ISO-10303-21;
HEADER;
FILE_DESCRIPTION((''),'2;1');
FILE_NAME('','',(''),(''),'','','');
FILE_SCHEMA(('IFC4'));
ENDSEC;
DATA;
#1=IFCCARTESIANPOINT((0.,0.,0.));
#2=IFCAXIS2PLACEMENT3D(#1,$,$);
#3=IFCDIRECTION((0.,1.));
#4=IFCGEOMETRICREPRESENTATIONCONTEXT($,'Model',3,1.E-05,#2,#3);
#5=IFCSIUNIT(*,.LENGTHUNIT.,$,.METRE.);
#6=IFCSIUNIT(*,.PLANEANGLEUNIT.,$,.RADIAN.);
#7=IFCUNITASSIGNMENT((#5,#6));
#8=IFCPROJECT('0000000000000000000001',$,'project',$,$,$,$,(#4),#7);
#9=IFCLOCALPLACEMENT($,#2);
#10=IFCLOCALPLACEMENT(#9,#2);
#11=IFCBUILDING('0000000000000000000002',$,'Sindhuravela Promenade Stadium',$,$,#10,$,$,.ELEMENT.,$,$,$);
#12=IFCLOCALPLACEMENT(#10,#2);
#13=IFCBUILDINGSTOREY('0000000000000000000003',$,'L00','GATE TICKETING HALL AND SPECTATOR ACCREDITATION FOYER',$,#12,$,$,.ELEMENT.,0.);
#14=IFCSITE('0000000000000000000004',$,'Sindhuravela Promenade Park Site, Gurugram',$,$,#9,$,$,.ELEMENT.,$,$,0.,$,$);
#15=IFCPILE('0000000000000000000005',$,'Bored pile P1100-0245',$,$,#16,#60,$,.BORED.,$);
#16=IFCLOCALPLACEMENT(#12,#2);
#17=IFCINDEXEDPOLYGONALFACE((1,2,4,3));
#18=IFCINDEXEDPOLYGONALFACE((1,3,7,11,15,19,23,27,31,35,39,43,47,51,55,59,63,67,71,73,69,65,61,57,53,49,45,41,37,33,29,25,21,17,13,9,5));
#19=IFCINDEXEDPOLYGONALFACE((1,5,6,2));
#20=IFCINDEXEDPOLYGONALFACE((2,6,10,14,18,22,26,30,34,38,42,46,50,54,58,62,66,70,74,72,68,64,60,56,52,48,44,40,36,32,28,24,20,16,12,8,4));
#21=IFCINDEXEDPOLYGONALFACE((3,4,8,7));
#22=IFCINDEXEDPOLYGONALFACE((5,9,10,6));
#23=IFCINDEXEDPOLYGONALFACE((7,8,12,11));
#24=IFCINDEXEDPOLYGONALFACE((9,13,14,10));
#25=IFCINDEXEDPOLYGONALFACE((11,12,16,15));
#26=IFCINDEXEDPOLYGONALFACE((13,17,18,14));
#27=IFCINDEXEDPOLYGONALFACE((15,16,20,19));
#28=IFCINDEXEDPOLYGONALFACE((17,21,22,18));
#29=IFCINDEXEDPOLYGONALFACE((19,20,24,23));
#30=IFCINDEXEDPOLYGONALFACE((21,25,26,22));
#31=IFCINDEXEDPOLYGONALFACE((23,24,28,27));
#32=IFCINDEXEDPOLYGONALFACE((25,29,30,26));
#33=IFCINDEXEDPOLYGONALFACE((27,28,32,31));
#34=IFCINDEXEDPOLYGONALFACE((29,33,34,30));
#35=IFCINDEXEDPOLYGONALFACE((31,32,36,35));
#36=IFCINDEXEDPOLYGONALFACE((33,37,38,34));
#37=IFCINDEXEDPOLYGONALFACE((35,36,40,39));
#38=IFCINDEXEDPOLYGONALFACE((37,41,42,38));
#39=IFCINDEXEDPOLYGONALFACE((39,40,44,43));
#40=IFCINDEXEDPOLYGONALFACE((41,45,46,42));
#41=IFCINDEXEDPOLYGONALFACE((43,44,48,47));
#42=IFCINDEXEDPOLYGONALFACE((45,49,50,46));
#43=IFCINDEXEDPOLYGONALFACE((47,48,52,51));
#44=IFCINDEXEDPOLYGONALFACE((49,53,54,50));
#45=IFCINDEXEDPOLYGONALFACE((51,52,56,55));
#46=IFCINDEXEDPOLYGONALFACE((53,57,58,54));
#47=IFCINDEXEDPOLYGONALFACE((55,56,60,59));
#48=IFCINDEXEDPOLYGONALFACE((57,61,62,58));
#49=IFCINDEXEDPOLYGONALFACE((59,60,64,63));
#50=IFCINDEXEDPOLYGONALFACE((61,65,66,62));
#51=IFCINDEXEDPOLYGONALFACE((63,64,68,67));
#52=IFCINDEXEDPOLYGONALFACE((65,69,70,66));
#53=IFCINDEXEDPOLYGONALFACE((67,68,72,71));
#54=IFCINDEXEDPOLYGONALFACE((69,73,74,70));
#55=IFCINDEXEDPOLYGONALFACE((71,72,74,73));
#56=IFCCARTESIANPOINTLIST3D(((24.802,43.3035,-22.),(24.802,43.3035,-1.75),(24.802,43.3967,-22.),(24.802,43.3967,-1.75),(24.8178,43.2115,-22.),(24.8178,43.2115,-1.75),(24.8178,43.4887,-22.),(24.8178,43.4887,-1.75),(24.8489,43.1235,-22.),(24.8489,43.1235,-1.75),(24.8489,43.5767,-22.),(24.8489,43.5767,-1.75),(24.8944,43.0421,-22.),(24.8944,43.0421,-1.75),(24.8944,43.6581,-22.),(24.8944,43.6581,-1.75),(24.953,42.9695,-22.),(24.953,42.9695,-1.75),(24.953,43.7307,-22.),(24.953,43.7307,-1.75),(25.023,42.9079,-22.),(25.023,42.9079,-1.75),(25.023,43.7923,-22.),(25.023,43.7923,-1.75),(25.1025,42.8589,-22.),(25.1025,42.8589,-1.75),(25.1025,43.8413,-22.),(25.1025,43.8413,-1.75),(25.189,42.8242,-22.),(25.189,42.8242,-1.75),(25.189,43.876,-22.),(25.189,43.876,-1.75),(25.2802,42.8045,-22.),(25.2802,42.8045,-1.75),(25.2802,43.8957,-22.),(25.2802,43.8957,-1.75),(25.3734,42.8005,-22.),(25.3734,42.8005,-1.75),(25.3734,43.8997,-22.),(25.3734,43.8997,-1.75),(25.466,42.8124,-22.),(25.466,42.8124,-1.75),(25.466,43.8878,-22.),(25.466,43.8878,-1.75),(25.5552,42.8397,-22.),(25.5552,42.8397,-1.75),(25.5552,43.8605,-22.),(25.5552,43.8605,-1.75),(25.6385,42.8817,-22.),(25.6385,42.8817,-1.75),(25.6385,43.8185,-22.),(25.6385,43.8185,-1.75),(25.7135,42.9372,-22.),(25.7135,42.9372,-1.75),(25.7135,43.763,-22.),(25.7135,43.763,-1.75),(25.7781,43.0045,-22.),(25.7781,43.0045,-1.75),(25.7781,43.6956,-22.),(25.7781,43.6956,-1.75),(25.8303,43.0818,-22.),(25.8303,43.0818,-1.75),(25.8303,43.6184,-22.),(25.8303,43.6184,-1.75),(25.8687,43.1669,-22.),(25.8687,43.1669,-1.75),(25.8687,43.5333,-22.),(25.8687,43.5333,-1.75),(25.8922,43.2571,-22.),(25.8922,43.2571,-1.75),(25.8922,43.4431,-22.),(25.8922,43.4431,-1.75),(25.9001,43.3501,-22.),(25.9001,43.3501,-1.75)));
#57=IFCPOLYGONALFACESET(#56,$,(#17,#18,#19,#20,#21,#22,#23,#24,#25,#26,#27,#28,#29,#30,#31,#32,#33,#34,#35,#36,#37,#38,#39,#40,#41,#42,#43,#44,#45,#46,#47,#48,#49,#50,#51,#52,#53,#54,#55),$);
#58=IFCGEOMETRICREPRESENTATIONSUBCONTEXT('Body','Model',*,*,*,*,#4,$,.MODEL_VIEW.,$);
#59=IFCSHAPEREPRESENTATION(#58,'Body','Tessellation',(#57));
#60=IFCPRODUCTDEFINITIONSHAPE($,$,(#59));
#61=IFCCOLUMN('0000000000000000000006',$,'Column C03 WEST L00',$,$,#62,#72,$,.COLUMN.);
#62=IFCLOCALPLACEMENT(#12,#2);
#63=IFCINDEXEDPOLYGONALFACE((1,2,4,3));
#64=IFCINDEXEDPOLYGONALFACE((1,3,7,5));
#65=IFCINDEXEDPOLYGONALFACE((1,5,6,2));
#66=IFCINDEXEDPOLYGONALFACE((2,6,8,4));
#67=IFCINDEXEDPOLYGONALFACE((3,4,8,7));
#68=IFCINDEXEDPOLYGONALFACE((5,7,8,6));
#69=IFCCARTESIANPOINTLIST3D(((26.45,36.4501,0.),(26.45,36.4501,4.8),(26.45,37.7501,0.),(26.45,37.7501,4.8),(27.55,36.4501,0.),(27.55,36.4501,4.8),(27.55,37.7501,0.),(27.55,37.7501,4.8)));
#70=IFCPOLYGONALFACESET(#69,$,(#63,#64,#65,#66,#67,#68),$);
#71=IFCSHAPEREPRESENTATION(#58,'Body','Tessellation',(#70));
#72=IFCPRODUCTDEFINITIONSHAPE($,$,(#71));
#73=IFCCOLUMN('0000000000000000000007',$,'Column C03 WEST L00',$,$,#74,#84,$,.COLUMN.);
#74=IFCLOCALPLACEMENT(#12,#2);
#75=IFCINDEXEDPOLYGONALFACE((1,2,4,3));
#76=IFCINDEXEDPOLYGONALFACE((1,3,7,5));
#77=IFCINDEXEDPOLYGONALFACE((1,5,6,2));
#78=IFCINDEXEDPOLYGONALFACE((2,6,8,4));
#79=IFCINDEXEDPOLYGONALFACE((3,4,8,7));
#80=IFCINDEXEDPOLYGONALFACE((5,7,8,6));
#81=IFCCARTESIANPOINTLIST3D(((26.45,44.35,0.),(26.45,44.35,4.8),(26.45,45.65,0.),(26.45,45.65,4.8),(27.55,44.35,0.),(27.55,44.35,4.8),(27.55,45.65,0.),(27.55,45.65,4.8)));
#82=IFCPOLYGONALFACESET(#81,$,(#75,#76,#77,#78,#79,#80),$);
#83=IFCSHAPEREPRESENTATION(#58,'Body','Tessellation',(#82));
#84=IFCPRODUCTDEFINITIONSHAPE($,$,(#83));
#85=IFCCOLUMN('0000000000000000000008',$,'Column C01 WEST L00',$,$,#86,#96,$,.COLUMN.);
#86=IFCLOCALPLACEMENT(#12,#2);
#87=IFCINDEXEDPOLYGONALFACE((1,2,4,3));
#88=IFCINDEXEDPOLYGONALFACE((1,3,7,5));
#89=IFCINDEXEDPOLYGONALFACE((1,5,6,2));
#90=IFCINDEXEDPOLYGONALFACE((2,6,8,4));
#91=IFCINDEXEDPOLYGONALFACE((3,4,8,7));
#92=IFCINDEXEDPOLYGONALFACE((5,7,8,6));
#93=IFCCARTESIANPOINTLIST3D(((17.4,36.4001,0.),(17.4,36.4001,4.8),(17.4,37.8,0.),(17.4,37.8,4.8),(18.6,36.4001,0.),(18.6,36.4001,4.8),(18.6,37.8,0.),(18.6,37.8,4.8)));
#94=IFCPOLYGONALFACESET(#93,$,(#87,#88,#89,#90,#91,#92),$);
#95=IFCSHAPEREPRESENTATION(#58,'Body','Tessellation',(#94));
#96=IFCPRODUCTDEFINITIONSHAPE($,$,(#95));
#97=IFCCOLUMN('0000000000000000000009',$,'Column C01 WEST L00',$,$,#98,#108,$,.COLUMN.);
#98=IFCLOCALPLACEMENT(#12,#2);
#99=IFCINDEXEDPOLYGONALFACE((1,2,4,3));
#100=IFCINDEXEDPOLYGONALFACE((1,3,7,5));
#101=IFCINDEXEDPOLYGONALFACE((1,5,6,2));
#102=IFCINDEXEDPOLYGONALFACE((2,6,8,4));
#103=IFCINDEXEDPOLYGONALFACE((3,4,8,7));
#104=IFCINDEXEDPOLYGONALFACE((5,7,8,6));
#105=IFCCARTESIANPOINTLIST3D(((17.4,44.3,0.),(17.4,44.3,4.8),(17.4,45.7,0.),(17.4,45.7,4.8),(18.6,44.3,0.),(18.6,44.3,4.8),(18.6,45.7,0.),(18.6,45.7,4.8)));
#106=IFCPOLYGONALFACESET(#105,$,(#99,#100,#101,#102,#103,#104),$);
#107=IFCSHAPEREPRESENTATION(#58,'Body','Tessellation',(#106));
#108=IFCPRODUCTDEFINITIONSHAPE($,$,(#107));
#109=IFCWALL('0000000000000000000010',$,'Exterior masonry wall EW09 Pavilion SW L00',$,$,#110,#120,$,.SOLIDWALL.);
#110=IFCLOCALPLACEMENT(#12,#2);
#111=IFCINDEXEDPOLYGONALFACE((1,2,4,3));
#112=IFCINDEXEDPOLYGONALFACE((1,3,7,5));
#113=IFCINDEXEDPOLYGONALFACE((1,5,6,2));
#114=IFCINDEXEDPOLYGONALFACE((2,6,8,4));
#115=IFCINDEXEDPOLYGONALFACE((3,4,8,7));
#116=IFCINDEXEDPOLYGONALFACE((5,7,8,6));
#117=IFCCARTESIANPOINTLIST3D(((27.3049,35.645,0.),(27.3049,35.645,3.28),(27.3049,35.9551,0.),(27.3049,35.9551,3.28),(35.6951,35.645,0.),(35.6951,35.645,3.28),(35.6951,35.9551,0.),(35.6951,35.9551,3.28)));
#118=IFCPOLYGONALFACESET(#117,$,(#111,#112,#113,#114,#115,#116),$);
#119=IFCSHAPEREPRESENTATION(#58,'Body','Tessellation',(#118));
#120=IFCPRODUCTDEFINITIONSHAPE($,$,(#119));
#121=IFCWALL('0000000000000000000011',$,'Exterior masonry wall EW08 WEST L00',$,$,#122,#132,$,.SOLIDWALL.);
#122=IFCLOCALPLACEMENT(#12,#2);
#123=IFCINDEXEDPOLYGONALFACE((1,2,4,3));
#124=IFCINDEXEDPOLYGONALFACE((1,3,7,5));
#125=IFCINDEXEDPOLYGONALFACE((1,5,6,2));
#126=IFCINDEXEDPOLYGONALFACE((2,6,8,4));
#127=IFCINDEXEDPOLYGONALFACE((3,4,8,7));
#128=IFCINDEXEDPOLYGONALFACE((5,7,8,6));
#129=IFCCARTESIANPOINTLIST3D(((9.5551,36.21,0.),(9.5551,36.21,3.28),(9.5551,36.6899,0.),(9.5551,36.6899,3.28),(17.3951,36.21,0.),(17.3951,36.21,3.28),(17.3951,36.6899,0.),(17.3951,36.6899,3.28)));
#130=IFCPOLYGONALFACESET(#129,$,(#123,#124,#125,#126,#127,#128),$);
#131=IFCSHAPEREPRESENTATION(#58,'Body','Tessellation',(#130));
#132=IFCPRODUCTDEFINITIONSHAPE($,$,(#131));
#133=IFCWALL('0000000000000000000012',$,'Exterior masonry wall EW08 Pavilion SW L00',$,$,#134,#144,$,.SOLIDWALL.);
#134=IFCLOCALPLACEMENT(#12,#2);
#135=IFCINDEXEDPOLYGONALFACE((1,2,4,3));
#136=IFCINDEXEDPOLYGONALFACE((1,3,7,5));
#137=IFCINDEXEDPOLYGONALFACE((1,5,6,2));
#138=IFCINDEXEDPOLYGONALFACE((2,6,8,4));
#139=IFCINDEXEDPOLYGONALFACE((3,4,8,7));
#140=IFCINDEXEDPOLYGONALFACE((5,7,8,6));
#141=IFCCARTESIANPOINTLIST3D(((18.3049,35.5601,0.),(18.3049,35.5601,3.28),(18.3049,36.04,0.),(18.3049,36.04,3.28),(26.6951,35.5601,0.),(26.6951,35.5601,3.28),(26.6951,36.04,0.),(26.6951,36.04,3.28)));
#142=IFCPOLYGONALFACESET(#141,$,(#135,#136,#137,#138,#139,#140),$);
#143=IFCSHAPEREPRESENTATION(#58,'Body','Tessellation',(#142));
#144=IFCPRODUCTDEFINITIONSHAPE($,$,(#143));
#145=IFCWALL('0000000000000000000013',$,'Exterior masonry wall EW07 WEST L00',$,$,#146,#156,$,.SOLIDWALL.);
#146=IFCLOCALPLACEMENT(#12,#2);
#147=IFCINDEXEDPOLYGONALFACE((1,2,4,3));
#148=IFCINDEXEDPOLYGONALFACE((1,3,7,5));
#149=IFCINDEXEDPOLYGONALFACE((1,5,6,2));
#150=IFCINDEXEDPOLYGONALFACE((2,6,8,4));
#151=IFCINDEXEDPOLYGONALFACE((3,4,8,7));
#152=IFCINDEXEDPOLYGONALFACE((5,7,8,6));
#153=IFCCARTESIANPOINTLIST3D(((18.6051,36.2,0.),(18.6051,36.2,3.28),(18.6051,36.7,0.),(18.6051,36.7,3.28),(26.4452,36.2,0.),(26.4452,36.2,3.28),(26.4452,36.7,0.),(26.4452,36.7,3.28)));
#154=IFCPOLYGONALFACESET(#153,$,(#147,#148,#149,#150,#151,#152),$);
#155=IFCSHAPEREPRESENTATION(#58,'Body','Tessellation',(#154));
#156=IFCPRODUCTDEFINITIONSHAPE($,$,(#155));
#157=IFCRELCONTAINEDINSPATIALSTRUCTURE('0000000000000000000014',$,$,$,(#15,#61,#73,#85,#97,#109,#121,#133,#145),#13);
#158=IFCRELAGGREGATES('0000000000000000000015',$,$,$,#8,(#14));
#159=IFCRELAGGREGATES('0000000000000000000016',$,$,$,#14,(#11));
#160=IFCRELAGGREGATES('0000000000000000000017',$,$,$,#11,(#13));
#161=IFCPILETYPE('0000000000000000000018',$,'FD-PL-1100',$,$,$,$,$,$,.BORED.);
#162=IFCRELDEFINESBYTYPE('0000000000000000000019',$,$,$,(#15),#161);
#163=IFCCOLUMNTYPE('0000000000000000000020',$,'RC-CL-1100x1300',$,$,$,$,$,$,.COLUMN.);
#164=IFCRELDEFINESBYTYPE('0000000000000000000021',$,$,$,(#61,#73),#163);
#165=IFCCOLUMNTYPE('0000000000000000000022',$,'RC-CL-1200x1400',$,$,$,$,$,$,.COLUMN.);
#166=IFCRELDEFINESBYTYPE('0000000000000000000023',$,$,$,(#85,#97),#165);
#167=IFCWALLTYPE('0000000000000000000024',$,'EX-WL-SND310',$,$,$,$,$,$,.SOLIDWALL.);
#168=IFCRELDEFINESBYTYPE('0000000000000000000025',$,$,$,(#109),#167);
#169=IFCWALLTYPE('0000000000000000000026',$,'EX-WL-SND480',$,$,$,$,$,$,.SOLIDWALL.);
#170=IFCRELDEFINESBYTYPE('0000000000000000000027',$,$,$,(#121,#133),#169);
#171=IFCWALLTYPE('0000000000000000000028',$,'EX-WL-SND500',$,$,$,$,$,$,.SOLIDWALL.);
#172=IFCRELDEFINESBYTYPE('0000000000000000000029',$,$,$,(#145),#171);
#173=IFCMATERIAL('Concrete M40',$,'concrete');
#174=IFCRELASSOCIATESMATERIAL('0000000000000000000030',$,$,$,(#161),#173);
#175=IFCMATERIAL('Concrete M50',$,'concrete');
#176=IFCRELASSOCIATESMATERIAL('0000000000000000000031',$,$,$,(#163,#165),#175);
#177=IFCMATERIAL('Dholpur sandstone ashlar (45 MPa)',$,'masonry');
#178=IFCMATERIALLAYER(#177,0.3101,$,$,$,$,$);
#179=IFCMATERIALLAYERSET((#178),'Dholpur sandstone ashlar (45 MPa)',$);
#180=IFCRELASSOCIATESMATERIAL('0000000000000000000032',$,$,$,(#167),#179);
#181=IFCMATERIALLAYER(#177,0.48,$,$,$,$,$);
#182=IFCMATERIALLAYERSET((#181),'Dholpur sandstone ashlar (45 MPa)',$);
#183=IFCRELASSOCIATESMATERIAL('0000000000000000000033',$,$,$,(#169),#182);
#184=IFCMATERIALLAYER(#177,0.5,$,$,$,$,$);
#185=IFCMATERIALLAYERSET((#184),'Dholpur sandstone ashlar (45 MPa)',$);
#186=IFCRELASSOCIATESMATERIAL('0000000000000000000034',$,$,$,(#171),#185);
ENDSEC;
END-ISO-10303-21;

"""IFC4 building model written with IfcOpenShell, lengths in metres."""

from ifc_helpers import new_model, si_unit, direction, frame, frame_2d, origin, origin_2d, place, context, subcontext, project, spatial, rectangle, circle, extrude, material, layer, layer_set, material_profile, profile_set, type_object, element, save


model = new_model("IFC4")

# Units and contexts
model_context = context("Model", 3, precision=1e-05, world=origin(), true_north=direction((0.0, 1.0)))
body_context = subcontext(model_context, "Body", "Model", "MODEL_VIEW")
ifc_project = project(units=[si_unit("LENGTHUNIT", "METRE"), si_unit("PLANEANGLEUNIT", "RADIAN")], contexts=[model_context])

# Site, building, storey
site_placement = place(None, origin())
site = spatial("IfcSite", under=ifc_project, at=site_placement, Name="Sindhuravela Promenade Park Site, Gurugram", CompositionType="ELEMENT", RefElevation=0.0)
building_placement = place(site_placement, origin())
building = spatial("IfcBuilding", under=site, at=building_placement, Name="Sindhuravela Promenade Stadium", CompositionType="ELEMENT")
storey_placement = place(building_placement, origin())
storey = spatial("IfcBuildingStorey", under=building, at=storey_placement, Name="L00", Description="GATE TICKETING HALL AND SPECTATOR ACCREDITATION FOYER", CompositionType="ELEMENT", Elevation=0.0)

# Shared definitions
ifc_material_1 = material(Name="Concrete M50", Category="concrete")

# Pile
ifc_material_2 = material(Name="Concrete M40", Category="concrete")
ifc_material_profile_1 = material_profile(ifc_material_2, circle(Radius=0.55, at=origin_2d()), Name="BORED PILE D1100")
ifc_profile_set_1 = profile_set([ifc_material_profile_1], Name="Concrete M40")
pile_type_1 = type_object("IfcPileType", Name="FD-PL-1100", PredefinedType="BORED", material=ifc_profile_set_1)
for number, where, z_axis, x_axis, name in (
    (1, (25.3501, 43.3501, -1.75), (0.0, 0.0, -1.0), (1.0, 0.0, 0.0), "Bored pile P1100-0245"),
):
    element("IfcPile", number, at=place(storey_placement, frame(where, z_axis=z_axis, x_axis=x_axis)), inside=storey, type_object=pile_type_1, Name=name, PredefinedType="BORED", context=body_context, shape_type="SweptSolid", body=[
        extrude(circle(Radius=0.55, at=origin_2d()), origin(), (0.0, 0.0, 1.0), 20.25),
    ])

# Columns
ifc_material_profile_2 = material_profile(ifc_material_1, rectangle(XDim=1.1001, YDim=1.3, at=origin_2d()), Name="RC 1100x1300")
ifc_profile_set_2 = profile_set([ifc_material_profile_2], Name="Concrete M50")
column_type_1 = type_object("IfcColumnType", Name="RC-CL-1100x1300", PredefinedType="COLUMN", material=ifc_profile_set_2)
for number, where, z_axis, x_axis, name in (
    (2, (27.0, 37.1001, 0.0), (0.0, 0.0, 1.0), (1.0, 0.0, 0.0), "Column C03 WEST L00"),
    (3, (27.0, 45.0, 0.0), (0.0, 0.0, 1.0), (1.0, 0.0, 0.0), "Column C03 WEST L00"),
):
    element("IfcColumn", number, at=place(storey_placement, frame(where, z_axis=z_axis, x_axis=x_axis)), inside=storey, type_object=column_type_1, Name=name, PredefinedType="COLUMN", context=body_context, shape_type="SweptSolid", body=[
        extrude(rectangle(XDim=1.1001, YDim=1.3, at=origin_2d()), origin(), (0.0, 0.0, 1.0), 4.8),
    ])
ifc_material_profile_3 = material_profile(ifc_material_1, rectangle(XDim=1.2, YDim=1.3999, at=origin_2d()), Name="RC 1200x1400")
ifc_profile_set_3 = profile_set([ifc_material_profile_3], Name="Concrete M50")
column_type_2 = type_object("IfcColumnType", Name="RC-CL-1200x1400", PredefinedType="COLUMN", material=ifc_profile_set_3)
for number, where, z_axis, x_axis, name in (
    (4, (18.0, 37.1001, 0.0), (0.0, 0.0, 1.0), (1.0, 0.0, 0.0), "Column C01 WEST L00"),
    (5, (18.0, 45.0, 0.0), (0.0, 0.0, 1.0), (1.0, 0.0, 0.0), "Column C01 WEST L00"),
):
    element("IfcColumn", number, at=place(storey_placement, frame(where, z_axis=z_axis, x_axis=x_axis)), inside=storey, type_object=column_type_2, Name=name, PredefinedType="COLUMN", context=body_context, shape_type="SweptSolid", body=[
        extrude(rectangle(XDim=1.2, YDim=1.3999, at=origin_2d()), origin(), (0.0, 0.0, 1.0), 4.8),
    ])

# Walls
ifc_material_3 = material(Name="Dholpur sandstone ashlar (45 MPa)", Category="masonry")
ifc_layer_1 = layer(ifc_material_3, 0.3101)
ifc_layer_set_1 = layer_set([ifc_layer_1], Name="Dholpur sandstone ashlar (45 MPa)")
wall_type_1 = type_object("IfcWallType", Name="EX-WL-SND310", PredefinedType="SOLIDWALL", material=ifc_layer_set_1)
wall_1_placement = place(storey_placement, frame((27.3049, 35.8, 0.0), z_axis=(0.0, 0.0, 1.0), x_axis=(1.0, 0.0, 0.0)))
element("IfcWall", 6, at=wall_1_placement, inside=storey, type_object=wall_type_1, Name="Exterior masonry wall EW09 Pavilion SW L00", PredefinedType="SOLIDWALL", context=body_context, shape_type="SweptSolid", body=[
    extrude(rectangle(XDim=8.3901, YDim=0.3101, at=frame_2d((4.1951, 0.0))), origin(), (0.0, 0.0, 1.0), 3.28),
])
ifc_layer_2 = layer(ifc_material_3, 0.48)
ifc_layer_set_2 = layer_set([ifc_layer_2], Name="Dholpur sandstone ashlar (45 MPa)")
wall_type_2 = type_object("IfcWallType", Name="EX-WL-SND480", PredefinedType="SOLIDWALL", material=ifc_layer_set_2)
wall_2_placement = place(storey_placement, frame((17.395, 36.45, 0.0), z_axis=(0.0, 0.0, 1.0), x_axis=(-1.0, 0.0, 0.0)))
element("IfcWall", 7, at=wall_2_placement, inside=storey, type_object=wall_type_2, Name="Exterior masonry wall EW08 WEST L00", PredefinedType="SOLIDWALL", context=body_context, shape_type="SweptSolid", body=[
    extrude(rectangle(XDim=7.8401, YDim=0.48, at=frame_2d((3.9199, 0.0))), origin(), (0.0, 0.0, 1.0), 3.28),
])
wall_3_placement = place(storey_placement, frame((18.3049, 35.8, 0.0), z_axis=(0.0, 0.0, 1.0), x_axis=(1.0, 0.0, 0.0)))
element("IfcWall", 8, at=wall_3_placement, inside=storey, type_object=wall_type_2, Name="Exterior masonry wall EW08 Pavilion SW L00", PredefinedType="SOLIDWALL", context=body_context, shape_type="SweptSolid", body=[
    extrude(rectangle(XDim=8.3901, YDim=0.48, at=frame_2d((4.1951, 0.0))), origin(), (0.0, 0.0, 1.0), 3.28),
])
ifc_layer_3 = layer(ifc_material_3, 0.5)
ifc_layer_set_3 = layer_set([ifc_layer_3], Name="Dholpur sandstone ashlar (45 MPa)")
wall_type_3 = type_object("IfcWallType", Name="EX-WL-SND500", PredefinedType="SOLIDWALL", material=ifc_layer_set_3)
wall_4_placement = place(storey_placement, frame((26.4451, 36.45, 0.0), z_axis=(0.0, 0.0, 1.0), x_axis=(-1.0, 0.0, 0.0)))
element("IfcWall", 9, at=wall_4_placement, inside=storey, type_object=wall_type_3, Name="Exterior masonry wall EW07 WEST L00", PredefinedType="SOLIDWALL", context=body_context, shape_type="SweptSolid", body=[
    extrude(rectangle(XDim=7.8401, YDim=0.5, at=frame_2d((3.9199, 0.0))), origin(), (0.0, 0.0, 1.0), 3.28),
])

save(model, "model.ifc")
